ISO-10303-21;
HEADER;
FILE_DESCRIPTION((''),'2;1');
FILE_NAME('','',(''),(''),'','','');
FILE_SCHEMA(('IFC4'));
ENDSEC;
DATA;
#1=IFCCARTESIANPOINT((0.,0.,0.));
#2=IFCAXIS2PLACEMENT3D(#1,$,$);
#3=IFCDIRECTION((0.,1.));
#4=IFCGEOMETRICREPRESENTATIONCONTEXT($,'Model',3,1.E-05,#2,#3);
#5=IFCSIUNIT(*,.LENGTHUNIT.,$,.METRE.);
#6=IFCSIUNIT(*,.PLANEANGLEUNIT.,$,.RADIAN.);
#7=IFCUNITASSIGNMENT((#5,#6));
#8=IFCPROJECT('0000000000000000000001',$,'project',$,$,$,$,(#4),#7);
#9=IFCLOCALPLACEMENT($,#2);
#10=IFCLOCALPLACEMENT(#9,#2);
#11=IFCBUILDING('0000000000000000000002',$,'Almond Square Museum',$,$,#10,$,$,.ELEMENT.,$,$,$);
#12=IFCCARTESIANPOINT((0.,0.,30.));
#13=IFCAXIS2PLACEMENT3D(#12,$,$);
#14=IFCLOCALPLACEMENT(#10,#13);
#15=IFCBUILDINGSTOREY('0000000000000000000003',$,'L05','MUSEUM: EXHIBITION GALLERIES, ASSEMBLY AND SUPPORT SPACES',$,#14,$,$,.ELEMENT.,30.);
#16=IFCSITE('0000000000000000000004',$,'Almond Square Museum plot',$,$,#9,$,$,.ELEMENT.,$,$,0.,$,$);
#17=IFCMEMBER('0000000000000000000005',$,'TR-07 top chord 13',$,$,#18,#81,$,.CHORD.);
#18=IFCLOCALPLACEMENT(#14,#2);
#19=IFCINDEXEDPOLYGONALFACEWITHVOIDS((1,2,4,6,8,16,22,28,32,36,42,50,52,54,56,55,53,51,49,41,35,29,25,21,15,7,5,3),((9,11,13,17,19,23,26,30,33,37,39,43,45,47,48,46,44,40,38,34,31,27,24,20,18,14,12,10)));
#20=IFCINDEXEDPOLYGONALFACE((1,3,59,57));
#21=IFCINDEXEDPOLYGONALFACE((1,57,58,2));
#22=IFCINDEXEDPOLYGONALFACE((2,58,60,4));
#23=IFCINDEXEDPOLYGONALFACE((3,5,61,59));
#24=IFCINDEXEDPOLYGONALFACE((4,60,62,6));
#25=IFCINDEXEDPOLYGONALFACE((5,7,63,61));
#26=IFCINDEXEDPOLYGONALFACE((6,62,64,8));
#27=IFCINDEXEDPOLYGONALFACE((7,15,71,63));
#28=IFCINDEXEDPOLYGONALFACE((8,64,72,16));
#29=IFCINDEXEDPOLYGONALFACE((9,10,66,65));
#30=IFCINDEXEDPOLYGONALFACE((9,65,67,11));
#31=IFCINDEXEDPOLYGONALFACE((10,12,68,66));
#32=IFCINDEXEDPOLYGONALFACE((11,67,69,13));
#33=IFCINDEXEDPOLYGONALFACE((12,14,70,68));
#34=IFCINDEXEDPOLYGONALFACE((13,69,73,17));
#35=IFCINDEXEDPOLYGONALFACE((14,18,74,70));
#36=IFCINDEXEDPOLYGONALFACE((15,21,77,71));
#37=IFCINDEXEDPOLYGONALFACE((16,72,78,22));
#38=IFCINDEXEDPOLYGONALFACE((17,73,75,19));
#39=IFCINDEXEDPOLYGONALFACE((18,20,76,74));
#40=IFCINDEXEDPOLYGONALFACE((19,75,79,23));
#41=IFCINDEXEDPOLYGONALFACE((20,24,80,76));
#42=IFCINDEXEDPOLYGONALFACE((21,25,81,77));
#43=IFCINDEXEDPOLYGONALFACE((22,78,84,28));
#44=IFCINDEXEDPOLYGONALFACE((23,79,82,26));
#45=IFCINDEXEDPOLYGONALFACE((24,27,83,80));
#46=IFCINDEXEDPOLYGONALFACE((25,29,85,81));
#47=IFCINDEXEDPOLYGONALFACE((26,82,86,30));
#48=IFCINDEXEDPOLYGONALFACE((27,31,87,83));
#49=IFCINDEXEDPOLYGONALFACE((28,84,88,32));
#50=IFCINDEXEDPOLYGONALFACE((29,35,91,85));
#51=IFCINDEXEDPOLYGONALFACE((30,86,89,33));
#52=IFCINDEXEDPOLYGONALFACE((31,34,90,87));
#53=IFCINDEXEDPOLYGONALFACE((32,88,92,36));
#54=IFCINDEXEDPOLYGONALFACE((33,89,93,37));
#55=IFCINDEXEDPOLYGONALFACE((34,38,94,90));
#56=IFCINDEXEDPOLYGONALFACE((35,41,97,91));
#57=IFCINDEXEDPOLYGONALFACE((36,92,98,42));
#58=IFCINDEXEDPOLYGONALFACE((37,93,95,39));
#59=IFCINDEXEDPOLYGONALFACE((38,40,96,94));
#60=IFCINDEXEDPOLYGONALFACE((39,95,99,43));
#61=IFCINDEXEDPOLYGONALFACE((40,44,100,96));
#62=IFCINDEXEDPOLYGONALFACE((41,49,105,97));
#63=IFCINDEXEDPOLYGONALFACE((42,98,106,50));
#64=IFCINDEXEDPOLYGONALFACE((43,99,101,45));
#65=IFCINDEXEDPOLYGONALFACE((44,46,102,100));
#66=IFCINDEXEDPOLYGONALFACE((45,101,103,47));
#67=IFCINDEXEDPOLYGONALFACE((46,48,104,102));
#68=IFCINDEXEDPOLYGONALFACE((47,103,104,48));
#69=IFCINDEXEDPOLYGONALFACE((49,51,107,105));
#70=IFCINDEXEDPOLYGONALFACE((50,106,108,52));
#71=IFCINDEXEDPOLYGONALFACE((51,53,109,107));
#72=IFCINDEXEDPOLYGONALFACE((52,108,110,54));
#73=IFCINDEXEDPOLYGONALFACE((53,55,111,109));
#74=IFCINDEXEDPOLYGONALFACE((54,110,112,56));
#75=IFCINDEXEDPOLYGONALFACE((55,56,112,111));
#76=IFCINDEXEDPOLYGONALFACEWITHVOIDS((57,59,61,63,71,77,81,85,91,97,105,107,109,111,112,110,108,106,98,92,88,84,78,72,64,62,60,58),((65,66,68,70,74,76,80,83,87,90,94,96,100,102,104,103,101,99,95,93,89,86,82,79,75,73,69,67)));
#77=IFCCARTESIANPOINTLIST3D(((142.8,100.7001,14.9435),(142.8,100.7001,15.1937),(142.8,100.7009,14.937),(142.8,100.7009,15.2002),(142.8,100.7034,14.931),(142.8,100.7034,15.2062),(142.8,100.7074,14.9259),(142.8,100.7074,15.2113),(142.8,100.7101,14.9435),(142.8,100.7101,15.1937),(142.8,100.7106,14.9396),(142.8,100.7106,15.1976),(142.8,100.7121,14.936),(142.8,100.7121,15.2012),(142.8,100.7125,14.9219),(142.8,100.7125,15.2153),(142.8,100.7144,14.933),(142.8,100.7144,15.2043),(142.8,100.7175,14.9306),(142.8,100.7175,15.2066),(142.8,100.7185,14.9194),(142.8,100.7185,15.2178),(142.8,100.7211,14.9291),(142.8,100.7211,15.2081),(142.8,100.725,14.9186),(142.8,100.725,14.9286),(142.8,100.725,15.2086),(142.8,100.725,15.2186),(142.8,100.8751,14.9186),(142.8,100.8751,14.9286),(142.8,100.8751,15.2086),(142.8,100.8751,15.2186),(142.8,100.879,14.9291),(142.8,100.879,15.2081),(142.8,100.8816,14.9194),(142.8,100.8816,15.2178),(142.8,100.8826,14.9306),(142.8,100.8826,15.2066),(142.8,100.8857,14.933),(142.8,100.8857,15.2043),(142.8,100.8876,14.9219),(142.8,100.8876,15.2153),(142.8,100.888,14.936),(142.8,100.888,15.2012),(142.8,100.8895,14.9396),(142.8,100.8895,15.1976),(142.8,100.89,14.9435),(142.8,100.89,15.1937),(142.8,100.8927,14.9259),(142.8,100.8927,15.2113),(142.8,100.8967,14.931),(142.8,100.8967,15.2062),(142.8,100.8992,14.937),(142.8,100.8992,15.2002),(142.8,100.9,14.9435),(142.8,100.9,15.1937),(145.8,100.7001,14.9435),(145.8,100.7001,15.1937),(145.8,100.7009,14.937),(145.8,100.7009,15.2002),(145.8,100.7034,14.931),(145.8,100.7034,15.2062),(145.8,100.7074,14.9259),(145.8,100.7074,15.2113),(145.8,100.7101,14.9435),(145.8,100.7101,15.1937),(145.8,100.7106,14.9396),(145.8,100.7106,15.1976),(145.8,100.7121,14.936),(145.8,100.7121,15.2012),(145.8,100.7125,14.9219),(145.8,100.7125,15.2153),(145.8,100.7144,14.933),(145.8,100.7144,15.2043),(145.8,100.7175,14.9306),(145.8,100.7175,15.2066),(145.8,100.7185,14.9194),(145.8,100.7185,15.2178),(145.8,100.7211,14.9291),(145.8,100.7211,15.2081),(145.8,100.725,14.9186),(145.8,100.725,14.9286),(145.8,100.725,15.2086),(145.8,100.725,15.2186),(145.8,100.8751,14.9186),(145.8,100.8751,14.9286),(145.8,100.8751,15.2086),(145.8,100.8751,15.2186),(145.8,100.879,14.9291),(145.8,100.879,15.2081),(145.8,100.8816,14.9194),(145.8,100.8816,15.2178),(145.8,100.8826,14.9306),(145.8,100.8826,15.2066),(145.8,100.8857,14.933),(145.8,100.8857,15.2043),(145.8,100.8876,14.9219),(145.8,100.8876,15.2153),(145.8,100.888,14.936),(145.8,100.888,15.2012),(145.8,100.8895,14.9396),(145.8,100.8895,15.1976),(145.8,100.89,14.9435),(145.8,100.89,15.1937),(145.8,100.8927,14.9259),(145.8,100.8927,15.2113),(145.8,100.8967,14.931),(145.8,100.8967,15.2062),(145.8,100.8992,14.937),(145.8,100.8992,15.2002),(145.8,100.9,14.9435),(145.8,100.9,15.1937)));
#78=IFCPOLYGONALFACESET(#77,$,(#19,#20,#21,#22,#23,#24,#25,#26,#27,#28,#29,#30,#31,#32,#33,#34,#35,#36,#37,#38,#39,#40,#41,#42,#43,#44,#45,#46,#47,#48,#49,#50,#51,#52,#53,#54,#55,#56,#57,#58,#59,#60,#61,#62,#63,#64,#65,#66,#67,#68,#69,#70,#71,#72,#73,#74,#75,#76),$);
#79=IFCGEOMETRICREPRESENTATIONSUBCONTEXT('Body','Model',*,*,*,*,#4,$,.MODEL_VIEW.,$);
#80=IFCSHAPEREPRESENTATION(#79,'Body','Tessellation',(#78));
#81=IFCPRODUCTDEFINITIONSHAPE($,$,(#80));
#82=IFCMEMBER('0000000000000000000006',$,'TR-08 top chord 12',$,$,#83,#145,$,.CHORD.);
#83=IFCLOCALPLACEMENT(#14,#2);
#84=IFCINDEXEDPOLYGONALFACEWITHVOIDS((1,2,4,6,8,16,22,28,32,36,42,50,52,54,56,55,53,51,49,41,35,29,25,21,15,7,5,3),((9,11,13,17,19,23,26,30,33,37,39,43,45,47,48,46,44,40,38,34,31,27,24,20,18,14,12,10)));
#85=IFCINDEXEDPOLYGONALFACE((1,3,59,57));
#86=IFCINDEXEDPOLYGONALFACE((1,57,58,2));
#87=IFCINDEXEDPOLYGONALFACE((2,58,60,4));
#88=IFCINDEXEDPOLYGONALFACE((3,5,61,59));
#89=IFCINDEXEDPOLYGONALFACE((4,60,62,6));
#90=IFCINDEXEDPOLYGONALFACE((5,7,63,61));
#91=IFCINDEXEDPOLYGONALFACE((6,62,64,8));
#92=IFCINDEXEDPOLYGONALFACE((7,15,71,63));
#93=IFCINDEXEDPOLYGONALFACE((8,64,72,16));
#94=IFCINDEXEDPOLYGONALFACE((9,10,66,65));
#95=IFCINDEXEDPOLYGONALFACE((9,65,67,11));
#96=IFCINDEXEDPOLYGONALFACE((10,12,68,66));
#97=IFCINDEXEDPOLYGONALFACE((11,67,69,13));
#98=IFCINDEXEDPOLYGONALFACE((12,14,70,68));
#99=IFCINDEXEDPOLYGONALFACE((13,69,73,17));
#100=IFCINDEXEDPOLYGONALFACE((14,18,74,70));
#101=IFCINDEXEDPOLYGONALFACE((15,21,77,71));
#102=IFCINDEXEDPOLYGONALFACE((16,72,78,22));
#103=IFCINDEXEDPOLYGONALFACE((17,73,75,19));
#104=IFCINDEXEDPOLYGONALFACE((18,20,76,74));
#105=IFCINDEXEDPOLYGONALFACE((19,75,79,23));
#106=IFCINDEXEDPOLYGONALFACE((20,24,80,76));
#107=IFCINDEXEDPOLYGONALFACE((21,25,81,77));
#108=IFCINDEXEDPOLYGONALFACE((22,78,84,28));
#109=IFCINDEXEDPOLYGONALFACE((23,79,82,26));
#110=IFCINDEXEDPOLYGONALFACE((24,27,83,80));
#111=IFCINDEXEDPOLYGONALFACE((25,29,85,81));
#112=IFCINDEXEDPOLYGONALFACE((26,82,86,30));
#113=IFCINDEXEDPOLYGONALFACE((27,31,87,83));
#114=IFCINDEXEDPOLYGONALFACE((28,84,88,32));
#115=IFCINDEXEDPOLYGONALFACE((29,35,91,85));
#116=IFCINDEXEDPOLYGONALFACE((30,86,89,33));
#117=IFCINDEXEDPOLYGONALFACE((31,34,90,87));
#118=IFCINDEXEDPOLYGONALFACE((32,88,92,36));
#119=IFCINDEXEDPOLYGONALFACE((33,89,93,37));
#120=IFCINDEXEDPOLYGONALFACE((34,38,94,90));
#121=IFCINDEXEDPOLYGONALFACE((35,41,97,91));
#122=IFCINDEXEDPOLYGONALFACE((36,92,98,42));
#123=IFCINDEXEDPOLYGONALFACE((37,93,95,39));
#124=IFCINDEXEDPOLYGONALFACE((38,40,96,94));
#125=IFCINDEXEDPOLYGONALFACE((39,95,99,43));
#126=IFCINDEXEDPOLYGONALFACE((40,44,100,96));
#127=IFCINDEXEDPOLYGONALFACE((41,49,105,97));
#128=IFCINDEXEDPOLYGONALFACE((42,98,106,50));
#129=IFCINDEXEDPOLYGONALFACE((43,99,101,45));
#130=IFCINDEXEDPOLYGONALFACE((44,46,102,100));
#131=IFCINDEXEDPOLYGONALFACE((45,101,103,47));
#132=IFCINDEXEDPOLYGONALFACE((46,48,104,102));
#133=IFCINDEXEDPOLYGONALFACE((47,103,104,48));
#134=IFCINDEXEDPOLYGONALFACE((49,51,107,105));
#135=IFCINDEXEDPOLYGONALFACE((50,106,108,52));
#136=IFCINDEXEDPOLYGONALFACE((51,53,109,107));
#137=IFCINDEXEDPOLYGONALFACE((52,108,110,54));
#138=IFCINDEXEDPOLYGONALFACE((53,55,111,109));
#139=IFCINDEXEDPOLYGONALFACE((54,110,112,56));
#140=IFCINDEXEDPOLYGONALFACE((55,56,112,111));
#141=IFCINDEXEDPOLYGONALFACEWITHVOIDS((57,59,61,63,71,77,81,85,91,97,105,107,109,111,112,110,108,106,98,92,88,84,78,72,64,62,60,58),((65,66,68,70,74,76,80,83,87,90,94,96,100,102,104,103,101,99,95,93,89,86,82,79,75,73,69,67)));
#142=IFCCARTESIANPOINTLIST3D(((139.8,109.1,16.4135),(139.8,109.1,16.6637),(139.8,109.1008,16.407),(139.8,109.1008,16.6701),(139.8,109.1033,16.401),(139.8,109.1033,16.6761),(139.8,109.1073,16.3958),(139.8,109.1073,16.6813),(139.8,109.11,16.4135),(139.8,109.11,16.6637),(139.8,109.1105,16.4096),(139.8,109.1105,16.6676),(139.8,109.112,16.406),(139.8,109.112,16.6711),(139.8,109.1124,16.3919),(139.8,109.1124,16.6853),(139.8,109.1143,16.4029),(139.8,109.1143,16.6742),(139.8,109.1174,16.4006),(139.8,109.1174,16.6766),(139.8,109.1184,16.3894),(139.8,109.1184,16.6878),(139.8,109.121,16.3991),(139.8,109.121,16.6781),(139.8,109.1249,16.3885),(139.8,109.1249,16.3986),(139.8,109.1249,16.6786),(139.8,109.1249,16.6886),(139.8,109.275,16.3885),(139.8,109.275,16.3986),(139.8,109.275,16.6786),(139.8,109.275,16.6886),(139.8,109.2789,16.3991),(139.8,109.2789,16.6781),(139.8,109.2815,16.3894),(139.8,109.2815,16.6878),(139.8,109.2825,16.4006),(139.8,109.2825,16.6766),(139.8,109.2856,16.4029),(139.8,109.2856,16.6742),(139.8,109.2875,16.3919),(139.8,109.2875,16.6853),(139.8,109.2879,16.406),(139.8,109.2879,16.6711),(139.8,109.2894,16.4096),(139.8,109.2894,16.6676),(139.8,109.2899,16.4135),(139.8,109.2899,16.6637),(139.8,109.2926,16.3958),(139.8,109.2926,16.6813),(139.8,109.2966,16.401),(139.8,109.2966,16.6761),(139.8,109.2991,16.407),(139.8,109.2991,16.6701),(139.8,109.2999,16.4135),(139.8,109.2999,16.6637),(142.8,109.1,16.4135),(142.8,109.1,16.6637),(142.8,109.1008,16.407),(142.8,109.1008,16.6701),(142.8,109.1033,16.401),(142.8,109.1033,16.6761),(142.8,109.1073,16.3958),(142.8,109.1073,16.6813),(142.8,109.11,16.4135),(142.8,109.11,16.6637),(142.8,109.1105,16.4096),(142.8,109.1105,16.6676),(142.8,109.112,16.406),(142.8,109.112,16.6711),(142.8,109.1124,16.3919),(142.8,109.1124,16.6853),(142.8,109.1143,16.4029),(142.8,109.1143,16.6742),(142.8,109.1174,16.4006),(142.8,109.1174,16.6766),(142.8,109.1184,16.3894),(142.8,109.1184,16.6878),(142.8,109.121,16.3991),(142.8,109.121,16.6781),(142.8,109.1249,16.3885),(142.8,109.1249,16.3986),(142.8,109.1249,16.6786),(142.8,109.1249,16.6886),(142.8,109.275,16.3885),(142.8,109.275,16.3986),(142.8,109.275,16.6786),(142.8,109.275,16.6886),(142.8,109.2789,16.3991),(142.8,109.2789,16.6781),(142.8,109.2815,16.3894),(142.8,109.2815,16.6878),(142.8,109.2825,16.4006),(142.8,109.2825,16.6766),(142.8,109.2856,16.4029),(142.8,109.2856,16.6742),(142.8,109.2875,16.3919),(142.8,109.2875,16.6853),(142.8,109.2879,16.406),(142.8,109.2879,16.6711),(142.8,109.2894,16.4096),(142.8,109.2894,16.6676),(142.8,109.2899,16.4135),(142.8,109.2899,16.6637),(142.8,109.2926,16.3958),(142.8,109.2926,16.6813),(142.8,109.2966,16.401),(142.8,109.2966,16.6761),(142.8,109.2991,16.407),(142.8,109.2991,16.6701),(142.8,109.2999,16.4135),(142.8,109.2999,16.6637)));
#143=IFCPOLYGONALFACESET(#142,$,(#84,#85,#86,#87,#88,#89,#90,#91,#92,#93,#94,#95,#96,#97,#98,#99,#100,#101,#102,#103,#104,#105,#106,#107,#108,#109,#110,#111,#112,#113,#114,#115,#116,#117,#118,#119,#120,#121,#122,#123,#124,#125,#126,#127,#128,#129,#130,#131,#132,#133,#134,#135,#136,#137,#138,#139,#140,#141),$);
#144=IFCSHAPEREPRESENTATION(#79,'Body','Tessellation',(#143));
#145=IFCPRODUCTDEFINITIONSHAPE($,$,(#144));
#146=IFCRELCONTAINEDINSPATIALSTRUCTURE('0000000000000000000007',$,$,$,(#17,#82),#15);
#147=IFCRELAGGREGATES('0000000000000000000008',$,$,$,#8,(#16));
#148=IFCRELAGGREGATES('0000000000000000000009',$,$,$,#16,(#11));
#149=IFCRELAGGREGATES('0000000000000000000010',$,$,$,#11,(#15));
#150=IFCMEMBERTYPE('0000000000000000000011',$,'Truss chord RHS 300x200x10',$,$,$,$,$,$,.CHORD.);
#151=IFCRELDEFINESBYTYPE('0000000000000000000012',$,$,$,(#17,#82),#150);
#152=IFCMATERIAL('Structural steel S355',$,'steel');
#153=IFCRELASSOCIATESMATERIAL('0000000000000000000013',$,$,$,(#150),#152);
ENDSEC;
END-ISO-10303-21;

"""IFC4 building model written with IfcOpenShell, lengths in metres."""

from ifc_helpers import new_model, si_unit, direction, frame, origin, origin_2d, place, context, subcontext, project, spatial, hollow_rectangle, extrude, material, material_profile, profile_set, type_object, element, save


model = new_model("IFC4")

# Units and contexts
model_context = context("Model", 3, precision=1e-05, world=origin(), true_north=direction((0.0, 1.0)))
body_context = subcontext(model_context, "Body", "Model", "MODEL_VIEW")
ifc_project = project(units=[si_unit("LENGTHUNIT", "METRE"), si_unit("PLANEANGLEUNIT", "RADIAN")], contexts=[model_context])

# Site, building, storey
site_placement = place(None, origin())
site = spatial("IfcSite", under=ifc_project, at=site_placement, Name="Almond Square Museum plot", CompositionType="ELEMENT", RefElevation=0.0)
building_placement = place(site_placement, origin())
building = spatial("IfcBuilding", under=site, at=building_placement, Name="Almond Square Museum", CompositionType="ELEMENT")
storey_placement = place(building_placement, frame((0.0, 0.0, 30.0)))
storey = spatial("IfcBuildingStorey", under=building, at=storey_placement, Name="L05", Description="MUSEUM: EXHIBITION GALLERIES, ASSEMBLY AND SUPPORT SPACES", CompositionType="ELEMENT", Elevation=30.0)

# Members
ifc_material_1 = material(Name="Structural steel S355", Category="steel")
ifc_material_profile_1 = material_profile(ifc_material_1, hollow_rectangle(XDim=0.2, YDim=0.3, WallThickness=0.01, InnerFilletRadius=0.0149, OuterFilletRadius=0.0249, at=origin_2d()))
ifc_profile_set_1 = profile_set([ifc_material_profile_1], Name="Structural steel S355")
member_type_1 = type_object("IfcMemberType", Name="Truss chord RHS 300x200x10", PredefinedType="CHORD", material=ifc_profile_set_1)
for number, where, z_axis, x_axis, name in (
    (1, (142.8, 100.8, 15.0686), (1.0, 0.0, 0.0), (0.0, 1.0, 0.0), "TR-07 top chord 13"),
    (2, (139.8, 109.2, 16.5386), (1.0, 0.0, 0.0), (0.0, 1.0, 0.0), "TR-08 top chord 12"),
):
    element("IfcMember", number, at=place(storey_placement, frame(where, z_axis=z_axis, x_axis=x_axis)), inside=storey, type_object=member_type_1, Name=name, PredefinedType="CHORD", context=body_context, shape_type="SweptSolid", body=[
        extrude(hollow_rectangle(XDim=0.2, YDim=0.3, WallThickness=0.01, InnerFilletRadius=0.0149, OuterFilletRadius=0.0249, at=origin_2d()), origin(), (0.0, 0.0, 1.0), 3.0),
    ])

save(model, "model.ifc")
